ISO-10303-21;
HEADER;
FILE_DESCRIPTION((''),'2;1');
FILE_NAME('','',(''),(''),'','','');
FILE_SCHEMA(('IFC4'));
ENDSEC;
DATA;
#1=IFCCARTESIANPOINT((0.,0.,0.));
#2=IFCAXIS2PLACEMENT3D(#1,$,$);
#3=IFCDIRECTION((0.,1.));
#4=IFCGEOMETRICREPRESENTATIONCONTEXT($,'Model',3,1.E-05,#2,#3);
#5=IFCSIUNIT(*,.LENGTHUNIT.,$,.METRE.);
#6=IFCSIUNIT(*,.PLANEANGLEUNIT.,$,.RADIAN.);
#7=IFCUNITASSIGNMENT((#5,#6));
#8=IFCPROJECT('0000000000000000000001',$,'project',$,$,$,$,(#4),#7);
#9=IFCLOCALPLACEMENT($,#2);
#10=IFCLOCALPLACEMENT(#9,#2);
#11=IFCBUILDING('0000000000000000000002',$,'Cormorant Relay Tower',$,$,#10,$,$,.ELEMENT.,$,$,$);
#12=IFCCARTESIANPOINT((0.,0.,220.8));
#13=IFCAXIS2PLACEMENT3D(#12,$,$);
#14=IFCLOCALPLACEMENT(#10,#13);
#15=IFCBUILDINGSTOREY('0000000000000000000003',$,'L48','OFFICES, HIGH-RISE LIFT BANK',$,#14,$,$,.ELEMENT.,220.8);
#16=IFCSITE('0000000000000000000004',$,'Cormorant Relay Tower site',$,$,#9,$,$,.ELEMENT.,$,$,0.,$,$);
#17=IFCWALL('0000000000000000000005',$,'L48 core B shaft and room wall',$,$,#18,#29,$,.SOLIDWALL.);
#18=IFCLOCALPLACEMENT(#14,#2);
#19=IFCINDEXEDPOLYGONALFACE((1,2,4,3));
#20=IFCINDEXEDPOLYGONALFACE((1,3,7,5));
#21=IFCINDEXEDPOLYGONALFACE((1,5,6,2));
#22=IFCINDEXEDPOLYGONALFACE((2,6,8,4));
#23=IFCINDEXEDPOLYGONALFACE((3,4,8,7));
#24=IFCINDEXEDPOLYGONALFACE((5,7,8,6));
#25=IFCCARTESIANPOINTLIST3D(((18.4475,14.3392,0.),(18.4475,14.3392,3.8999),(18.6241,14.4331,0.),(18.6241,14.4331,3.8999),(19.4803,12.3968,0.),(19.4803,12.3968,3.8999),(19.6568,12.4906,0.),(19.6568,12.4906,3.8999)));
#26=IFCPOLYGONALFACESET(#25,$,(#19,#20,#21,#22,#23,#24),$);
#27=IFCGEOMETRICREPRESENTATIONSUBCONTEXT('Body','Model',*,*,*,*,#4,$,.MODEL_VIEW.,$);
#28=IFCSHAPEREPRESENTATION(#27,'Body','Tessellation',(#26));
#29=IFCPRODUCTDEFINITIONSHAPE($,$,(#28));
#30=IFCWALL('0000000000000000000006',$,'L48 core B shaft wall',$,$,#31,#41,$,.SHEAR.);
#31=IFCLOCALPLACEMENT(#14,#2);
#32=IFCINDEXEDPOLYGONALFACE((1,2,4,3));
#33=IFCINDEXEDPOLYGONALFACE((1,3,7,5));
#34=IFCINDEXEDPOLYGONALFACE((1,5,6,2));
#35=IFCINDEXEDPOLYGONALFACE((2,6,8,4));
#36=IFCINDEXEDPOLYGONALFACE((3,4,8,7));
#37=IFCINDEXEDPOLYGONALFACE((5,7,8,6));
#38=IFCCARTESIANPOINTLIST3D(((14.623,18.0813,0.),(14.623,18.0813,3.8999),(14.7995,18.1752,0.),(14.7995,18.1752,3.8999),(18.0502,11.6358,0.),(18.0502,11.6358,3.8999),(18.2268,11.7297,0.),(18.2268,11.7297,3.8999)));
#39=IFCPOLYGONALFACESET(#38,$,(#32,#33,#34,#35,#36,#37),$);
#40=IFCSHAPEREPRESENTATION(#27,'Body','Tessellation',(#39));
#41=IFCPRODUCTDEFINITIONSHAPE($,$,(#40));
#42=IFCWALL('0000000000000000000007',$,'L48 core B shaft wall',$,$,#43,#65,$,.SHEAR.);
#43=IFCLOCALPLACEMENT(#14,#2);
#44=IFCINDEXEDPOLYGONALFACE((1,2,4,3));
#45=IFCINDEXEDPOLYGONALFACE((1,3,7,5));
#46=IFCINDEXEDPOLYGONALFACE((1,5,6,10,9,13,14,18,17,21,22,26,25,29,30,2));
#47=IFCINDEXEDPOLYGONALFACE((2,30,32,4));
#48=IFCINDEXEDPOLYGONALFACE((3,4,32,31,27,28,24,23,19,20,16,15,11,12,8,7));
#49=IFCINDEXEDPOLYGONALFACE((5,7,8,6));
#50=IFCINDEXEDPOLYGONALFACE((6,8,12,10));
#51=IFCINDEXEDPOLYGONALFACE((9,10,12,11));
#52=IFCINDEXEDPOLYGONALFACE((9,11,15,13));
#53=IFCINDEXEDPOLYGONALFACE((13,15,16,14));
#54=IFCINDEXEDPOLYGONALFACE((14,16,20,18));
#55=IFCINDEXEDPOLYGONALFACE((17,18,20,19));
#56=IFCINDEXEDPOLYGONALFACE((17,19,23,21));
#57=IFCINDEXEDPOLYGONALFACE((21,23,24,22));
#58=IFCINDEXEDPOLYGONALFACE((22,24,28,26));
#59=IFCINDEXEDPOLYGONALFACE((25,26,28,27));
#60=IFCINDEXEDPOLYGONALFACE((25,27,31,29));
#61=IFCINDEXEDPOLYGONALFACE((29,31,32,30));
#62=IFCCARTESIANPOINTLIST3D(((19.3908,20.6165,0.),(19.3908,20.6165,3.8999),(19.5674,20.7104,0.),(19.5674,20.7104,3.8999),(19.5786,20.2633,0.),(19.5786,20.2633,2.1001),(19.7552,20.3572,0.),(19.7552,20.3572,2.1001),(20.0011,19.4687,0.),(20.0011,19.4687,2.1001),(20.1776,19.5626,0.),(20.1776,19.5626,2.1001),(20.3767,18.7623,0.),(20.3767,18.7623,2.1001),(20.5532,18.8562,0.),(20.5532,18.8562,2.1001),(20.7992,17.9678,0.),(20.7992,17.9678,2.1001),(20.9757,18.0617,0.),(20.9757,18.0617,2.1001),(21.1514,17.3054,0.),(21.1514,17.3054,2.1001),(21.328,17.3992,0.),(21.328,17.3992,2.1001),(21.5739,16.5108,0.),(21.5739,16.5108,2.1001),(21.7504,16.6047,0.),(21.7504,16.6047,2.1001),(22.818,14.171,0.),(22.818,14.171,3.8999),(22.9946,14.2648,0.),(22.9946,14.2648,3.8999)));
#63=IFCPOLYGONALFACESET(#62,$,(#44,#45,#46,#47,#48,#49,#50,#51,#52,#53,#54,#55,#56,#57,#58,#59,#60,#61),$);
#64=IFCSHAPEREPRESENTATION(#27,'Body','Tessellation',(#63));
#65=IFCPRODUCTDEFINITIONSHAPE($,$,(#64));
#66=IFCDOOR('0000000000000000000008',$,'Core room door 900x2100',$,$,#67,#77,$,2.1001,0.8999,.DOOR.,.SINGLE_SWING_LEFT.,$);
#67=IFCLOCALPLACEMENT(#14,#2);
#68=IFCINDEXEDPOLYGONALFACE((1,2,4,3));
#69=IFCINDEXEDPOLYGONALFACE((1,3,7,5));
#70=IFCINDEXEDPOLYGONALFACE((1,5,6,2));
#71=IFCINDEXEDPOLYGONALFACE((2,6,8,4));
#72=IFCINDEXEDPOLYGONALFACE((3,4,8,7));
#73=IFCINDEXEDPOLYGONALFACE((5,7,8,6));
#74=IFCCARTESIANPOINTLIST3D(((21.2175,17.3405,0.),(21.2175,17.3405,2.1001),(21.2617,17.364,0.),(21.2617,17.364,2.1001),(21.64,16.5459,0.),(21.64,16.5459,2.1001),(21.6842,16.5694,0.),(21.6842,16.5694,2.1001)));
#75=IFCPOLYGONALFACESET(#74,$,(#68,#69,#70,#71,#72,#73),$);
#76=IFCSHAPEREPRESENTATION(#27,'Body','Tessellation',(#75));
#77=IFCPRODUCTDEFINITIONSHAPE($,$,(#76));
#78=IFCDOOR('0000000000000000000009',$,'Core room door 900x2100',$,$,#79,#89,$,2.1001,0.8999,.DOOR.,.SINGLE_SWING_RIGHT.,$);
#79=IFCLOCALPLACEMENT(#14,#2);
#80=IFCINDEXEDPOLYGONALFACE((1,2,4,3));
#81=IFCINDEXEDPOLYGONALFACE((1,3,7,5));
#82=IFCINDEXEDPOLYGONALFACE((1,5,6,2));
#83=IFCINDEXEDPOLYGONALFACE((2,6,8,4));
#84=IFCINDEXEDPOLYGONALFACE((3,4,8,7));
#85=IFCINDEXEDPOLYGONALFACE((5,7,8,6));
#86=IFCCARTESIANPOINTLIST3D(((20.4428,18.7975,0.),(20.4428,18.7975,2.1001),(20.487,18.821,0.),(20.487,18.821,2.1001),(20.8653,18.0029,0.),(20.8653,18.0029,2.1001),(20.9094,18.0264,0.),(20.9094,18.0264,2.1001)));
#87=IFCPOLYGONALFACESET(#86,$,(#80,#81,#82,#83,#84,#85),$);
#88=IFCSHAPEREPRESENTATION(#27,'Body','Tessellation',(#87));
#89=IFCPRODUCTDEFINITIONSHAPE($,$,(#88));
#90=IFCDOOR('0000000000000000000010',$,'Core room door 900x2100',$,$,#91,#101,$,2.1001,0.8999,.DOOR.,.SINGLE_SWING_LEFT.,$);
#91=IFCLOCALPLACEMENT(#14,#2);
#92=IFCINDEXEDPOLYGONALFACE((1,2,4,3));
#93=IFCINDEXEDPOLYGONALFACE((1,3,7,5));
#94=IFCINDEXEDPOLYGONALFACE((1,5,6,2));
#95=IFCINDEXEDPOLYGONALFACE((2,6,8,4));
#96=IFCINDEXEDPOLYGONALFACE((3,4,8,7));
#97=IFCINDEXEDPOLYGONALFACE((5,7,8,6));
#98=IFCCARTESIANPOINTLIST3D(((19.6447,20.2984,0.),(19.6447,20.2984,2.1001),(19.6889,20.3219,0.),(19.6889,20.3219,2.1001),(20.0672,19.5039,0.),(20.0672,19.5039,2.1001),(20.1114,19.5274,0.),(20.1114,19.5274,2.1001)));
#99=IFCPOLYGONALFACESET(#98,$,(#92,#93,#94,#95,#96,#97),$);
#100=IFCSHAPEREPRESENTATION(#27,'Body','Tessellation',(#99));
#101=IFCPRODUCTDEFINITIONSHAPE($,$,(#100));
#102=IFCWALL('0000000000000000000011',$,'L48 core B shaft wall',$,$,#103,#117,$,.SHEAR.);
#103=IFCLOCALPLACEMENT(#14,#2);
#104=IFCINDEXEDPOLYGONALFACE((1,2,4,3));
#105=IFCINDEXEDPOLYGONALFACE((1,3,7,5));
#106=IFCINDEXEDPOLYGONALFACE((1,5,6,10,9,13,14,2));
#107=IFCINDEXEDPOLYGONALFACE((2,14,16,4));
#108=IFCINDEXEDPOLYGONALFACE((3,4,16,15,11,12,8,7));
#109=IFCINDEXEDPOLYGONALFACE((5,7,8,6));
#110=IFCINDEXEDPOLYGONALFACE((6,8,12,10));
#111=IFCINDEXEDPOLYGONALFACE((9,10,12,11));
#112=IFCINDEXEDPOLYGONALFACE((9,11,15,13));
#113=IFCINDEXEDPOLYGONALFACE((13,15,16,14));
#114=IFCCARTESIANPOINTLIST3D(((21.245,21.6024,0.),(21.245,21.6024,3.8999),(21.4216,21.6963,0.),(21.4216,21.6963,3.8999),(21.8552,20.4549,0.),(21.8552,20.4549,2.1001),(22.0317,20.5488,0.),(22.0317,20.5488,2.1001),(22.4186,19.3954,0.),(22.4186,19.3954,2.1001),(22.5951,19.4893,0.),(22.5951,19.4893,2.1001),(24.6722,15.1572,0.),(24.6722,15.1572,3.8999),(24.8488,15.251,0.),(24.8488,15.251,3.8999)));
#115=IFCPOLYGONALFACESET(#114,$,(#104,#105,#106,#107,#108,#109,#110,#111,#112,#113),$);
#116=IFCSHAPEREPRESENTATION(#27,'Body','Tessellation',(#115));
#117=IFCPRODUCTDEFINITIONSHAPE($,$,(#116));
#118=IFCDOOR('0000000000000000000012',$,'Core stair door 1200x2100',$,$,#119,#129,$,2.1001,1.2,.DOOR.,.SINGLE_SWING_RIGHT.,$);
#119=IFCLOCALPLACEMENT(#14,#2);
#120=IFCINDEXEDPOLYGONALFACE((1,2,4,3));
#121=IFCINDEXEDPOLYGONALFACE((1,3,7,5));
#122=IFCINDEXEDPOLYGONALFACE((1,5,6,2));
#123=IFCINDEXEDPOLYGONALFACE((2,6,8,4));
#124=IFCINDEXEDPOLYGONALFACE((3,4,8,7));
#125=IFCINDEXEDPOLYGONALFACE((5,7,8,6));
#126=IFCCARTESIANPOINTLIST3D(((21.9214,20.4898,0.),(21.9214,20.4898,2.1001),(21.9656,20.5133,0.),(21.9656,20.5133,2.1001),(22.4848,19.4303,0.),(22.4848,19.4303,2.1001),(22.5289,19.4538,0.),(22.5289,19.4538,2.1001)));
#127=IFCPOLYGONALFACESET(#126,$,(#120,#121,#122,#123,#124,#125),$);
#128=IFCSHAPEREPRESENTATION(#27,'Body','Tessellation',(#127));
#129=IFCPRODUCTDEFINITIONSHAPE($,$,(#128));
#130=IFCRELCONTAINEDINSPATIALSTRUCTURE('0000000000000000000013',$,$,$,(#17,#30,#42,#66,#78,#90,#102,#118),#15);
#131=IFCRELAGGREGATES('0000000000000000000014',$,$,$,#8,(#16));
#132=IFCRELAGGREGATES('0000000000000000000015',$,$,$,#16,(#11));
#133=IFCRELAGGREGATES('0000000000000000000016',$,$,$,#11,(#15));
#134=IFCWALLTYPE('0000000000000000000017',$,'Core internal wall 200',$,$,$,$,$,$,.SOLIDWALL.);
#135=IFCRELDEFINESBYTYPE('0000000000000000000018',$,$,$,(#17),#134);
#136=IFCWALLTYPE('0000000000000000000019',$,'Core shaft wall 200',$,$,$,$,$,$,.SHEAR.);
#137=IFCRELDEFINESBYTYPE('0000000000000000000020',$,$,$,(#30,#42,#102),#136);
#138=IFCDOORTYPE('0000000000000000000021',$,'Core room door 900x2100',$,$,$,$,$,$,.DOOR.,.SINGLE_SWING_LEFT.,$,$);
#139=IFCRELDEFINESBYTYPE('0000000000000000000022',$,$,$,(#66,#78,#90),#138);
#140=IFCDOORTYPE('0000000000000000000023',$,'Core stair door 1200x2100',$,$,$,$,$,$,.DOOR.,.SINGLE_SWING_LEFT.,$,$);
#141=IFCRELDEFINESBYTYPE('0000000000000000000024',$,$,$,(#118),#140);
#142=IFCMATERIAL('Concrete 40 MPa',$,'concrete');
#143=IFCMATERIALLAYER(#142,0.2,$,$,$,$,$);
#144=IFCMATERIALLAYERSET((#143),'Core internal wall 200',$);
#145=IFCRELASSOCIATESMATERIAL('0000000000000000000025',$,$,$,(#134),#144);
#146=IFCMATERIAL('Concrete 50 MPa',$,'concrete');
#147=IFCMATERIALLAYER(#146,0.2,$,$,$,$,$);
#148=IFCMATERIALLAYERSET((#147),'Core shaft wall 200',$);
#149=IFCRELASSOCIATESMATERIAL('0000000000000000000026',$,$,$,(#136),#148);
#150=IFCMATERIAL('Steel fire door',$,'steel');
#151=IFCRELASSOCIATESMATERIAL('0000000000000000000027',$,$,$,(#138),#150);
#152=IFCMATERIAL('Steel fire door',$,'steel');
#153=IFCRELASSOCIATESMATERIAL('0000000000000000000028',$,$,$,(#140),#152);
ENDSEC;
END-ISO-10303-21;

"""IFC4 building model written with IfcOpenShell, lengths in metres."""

from ifc_helpers import new_model, si_unit, direction, frame, frame_2d, origin, place, context, subcontext, project, spatial, rectangle, extrude, material, layer, layer_set, type_object, element, fill, save


model = new_model("IFC4")

# Units and contexts
model_context = context("Model", 3, precision=1e-05, world=origin(), true_north=direction((0.0, 1.0)))
body_context = subcontext(model_context, "Body", "Model", "MODEL_VIEW")
ifc_project = project(units=[si_unit("LENGTHUNIT", "METRE"), si_unit("PLANEANGLEUNIT", "RADIAN")], contexts=[model_context])

# Site, building, storey
site_placement = place(None, origin())
site = spatial("IfcSite", under=ifc_project, at=site_placement, Name="Cormorant Relay Tower site", CompositionType="ELEMENT", RefElevation=0.0)
building_placement = place(site_placement, origin())
building = spatial("IfcBuilding", under=site, at=building_placement, Name="Cormorant Relay Tower", CompositionType="ELEMENT")
storey_placement = place(building_placement, frame((0.0, 0.0, 220.8)))
storey = spatial("IfcBuildingStorey", under=building, at=storey_placement, Name="L48", Description="OFFICES, HIGH-RISE LIFT BANK", CompositionType="ELEMENT", Elevation=220.8)

# Walls
ifc_material_1 = material(Name="Concrete 40 MPa", Category="concrete")
ifc_layer_1 = layer(ifc_material_1, 0.2)
ifc_layer_set_1 = layer_set([ifc_layer_1], Name="Core internal wall 200")
wall_type_1 = type_object("IfcWallType", Name="Core internal wall 200", PredefinedType="SOLIDWALL", material=ifc_layer_set_1)
wall_1_placement = place(storey_placement, frame((19.5686, 12.4436, 0.0), z_axis=(0.0, 0.0, 1.0), x_axis=(-0.469447, 0.88296, 0.0)))
element("IfcWall", 1, at=wall_1_placement, inside=storey, type_object=wall_type_1, Name="L48 core B shaft and room wall", PredefinedType="SOLIDWALL", context=body_context, shape_type="SweptSolid", body=[
    extrude(rectangle(XDim=2.2, YDim=0.2, at=frame_2d((1.1001, 0.0))), origin(), (0.0, 0.0, 1.0), 3.8999),
])
ifc_material_2 = material(Name="Concrete 50 MPa", Category="concrete")
ifc_layer_2 = layer(ifc_material_2, 0.2)
ifc_layer_set_2 = layer_set([ifc_layer_2], Name="Core shaft wall 200")
wall_type_2 = type_object("IfcWallType", Name="Core shaft wall 200", PredefinedType="SHEAR", material=ifc_layer_set_2)
wall_2_placement = place(storey_placement, frame((18.1384, 11.6829, 0.0), z_axis=(0.0, 0.0, 1.0), x_axis=(-0.46948, 0.882943, 0.0)))
element("IfcWall", 2, at=wall_2_placement, inside=storey, type_object=wall_type_2, Name="L48 core B shaft wall", PredefinedType="SHEAR", context=body_context, shape_type="SweptSolid", body=[
    extrude(rectangle(XDim=7.3, YDim=0.2, at=frame_2d((3.6499, 0.0))), origin(), (0.0, 0.0, 1.0), 3.8999),
])

# Wall, openings, doors
wall_3_placement = place(storey_placement, frame((22.9062, 14.218, 0.0), z_axis=(0.0, 0.0, 1.0), x_axis=(-0.46948, 0.882943, 0.0)))
wall_3 = element("IfcWall", 3, at=wall_3_placement, inside=storey, type_object=wall_type_2, Name="L48 core B shaft wall", PredefinedType="SHEAR", context=body_context, shape_type="SweptSolid", body=[
    extrude(rectangle(XDim=7.3, YDim=0.2, at=frame_2d((3.6499, 0.0))), origin(), (0.0, 0.0, 1.0), 3.8999),
])
opening_1_placement = place(wall_3_placement, frame((2.6499, 0.0, 0.0)))
opening_1 = element("IfcOpeningElement", 4, at=opening_1_placement, cuts=wall_3, PredefinedType="OPENING", context=body_context, shape_type="SweptSolid", body=[
    extrude(rectangle(XDim=0.8999, YDim=2.1001, at=frame_2d((0.45, 1.05))), frame((0.0, 0.1099, 0.0), z_axis=(0.0, -1.0, 0.0), x_axis=(1.0, 0.0, 0.0)), (0.0, 0.0, 1.0), 0.22),
])
opening_2_placement = place(wall_3_placement, frame((4.3, 0.0, 0.0)))
opening_2 = element("IfcOpeningElement", 5, at=opening_2_placement, cuts=wall_3, PredefinedType="OPENING", context=body_context, shape_type="SweptSolid", body=[
    extrude(rectangle(XDim=0.8999, YDim=2.1001, at=frame_2d((0.45, 1.05))), frame((0.0, 0.1099, 0.0), z_axis=(0.0, -1.0, 0.0), x_axis=(1.0, 0.0, 0.0)), (0.0, 0.0, 1.0), 0.22),
])
opening_3_placement = place(wall_3_placement, frame((6.0, 0.0, 0.0)))
opening_3 = element("IfcOpeningElement", 6, at=opening_3_placement, cuts=wall_3, PredefinedType="OPENING", context=body_context, shape_type="SweptSolid", body=[
    extrude(rectangle(XDim=0.8999, YDim=2.1001, at=frame_2d((0.45, 1.05))), frame((0.0, 0.1099, 0.0), z_axis=(0.0, -1.0, 0.0), x_axis=(1.0, 0.0, 0.0)), (0.0, 0.0, 1.0), 0.22),
])
ifc_material_3 = material(Name="Steel fire door", Category="steel")
door_type_1 = type_object("IfcDoorType", Name="Core room door 900x2100", OperationType="SINGLE_SWING_LEFT", PredefinedType="DOOR", material=ifc_material_3)
door_1_placement = place(opening_1_placement, frame((0.8999, 0.0, 0.0), z_axis=(0.0, 0.0, 1.0), x_axis=(-1.0, 0.0, 0.0)))
door_1 = element("IfcDoor", 7, at=door_1_placement, inside=storey, type_object=door_type_1, Name="Core room door 900x2100", OperationType="SINGLE_SWING_LEFT", OverallHeight=2.1001, OverallWidth=0.8999, PredefinedType="DOOR", context=body_context, shape_type="SweptSolid", body=[
    extrude(rectangle(XDim=0.8999, YDim=2.1001, at=frame_2d((0.45, 1.05))), frame((0.0, 0.0249, 0.0), z_axis=(0.0, -1.0, 0.0), x_axis=(1.0, 0.0, 0.0)), (0.0, 0.0, 1.0), 0.05),
])
fill(opening_1, door_1)
door_2_placement = place(opening_2_placement, frame((0.8999, 0.0, 0.0), z_axis=(0.0, 0.0, 1.0), x_axis=(-1.0, 0.0, 0.0)))
door_2 = element("IfcDoor", 8, at=door_2_placement, inside=storey, type_object=door_type_1, Name="Core room door 900x2100", OperationType="SINGLE_SWING_RIGHT", OverallHeight=2.1001, OverallWidth=0.8999, PredefinedType="DOOR", context=body_context, shape_type="SweptSolid", body=[
    extrude(rectangle(XDim=0.8999, YDim=2.1001, at=frame_2d((0.45, 1.05))), frame((0.0, 0.0249, 0.0), z_axis=(0.0, -1.0, 0.0), x_axis=(1.0, 0.0, 0.0)), (0.0, 0.0, 1.0), 0.05),
])
fill(opening_2, door_2)
door_3_placement = place(opening_3_placement, frame((0.8999, 0.0, 0.0), z_axis=(0.0, 0.0, 1.0), x_axis=(-1.0, 0.0, 0.0)))
door_3 = element("IfcDoor", 9, at=door_3_placement, inside=storey, type_object=door_type_1, Name="Core room door 900x2100", OperationType="SINGLE_SWING_LEFT", OverallHeight=2.1001, OverallWidth=0.8999, PredefinedType="DOOR", context=body_context, shape_type="SweptSolid", body=[
    extrude(rectangle(XDim=0.8999, YDim=2.1001, at=frame_2d((0.45, 1.05))), frame((0.0, 0.0249, 0.0), z_axis=(0.0, -1.0, 0.0), x_axis=(1.0, 0.0, 0.0)), (0.0, 0.0, 1.0), 0.05),
])
fill(opening_3, door_3)

# Wall, opening, door
wall_4_placement = place(storey_placement, frame((24.7605, 15.2041, 0.0), z_axis=(0.0, 0.0, 1.0), x_axis=(-0.469494, 0.882936, 0.0)))
wall_4 = element("IfcWall", 10, at=wall_4_placement, inside=storey, type_object=wall_type_2, Name="L48 core B shaft wall", PredefinedType="SHEAR", context=body_context, shape_type="SweptSolid", body=[
    extrude(rectangle(XDim=7.2998, YDim=0.2, at=frame_2d((3.6499, 0.0))), origin(), (0.0, 0.0, 1.0), 3.8999),
])
opening_4_placement = place(wall_4_placement, frame((4.8, 0.0, 0.0)))
opening_4 = element("IfcOpeningElement", 11, at=opening_4_placement, cuts=wall_4, PredefinedType="OPENING", context=body_context, shape_type="SweptSolid", body=[
    extrude(rectangle(XDim=1.2, YDim=2.1001, at=frame_2d((0.6001, 1.05))), frame((0.0, 0.1099, 0.0), z_axis=(0.0, -1.0, 0.0), x_axis=(1.0, 0.0, 0.0)), (0.0, 0.0, 1.0), 0.22),
])
ifc_material_4 = material(Name="Steel fire door", Category="steel")
door_type_2 = type_object("IfcDoorType", Name="Core stair door 1200x2100", OperationType="SINGLE_SWING_LEFT", PredefinedType="DOOR", material=ifc_material_4)
door_4_placement = place(opening_4_placement, frame((1.2, 0.0, 0.0), z_axis=(0.0, 0.0, 1.0), x_axis=(-1.0, 0.0, 0.0)))
door_4 = element("IfcDoor", 12, at=door_4_placement, inside=storey, type_object=door_type_2, Name="Core stair door 1200x2100", OperationType="SINGLE_SWING_RIGHT", OverallHeight=2.1001, OverallWidth=1.2, PredefinedType="DOOR", context=body_context, shape_type="SweptSolid", body=[
    extrude(rectangle(XDim=1.2, YDim=2.1001, at=frame_2d((0.6001, 1.05))), frame((0.0, 0.0249, 0.0), z_axis=(0.0, -1.0, 0.0), x_axis=(1.0, 0.0, 0.0)), (0.0, 0.0, 1.0), 0.05),
])
fill(opening_4, door_4)

save(model, "model.ifc")
